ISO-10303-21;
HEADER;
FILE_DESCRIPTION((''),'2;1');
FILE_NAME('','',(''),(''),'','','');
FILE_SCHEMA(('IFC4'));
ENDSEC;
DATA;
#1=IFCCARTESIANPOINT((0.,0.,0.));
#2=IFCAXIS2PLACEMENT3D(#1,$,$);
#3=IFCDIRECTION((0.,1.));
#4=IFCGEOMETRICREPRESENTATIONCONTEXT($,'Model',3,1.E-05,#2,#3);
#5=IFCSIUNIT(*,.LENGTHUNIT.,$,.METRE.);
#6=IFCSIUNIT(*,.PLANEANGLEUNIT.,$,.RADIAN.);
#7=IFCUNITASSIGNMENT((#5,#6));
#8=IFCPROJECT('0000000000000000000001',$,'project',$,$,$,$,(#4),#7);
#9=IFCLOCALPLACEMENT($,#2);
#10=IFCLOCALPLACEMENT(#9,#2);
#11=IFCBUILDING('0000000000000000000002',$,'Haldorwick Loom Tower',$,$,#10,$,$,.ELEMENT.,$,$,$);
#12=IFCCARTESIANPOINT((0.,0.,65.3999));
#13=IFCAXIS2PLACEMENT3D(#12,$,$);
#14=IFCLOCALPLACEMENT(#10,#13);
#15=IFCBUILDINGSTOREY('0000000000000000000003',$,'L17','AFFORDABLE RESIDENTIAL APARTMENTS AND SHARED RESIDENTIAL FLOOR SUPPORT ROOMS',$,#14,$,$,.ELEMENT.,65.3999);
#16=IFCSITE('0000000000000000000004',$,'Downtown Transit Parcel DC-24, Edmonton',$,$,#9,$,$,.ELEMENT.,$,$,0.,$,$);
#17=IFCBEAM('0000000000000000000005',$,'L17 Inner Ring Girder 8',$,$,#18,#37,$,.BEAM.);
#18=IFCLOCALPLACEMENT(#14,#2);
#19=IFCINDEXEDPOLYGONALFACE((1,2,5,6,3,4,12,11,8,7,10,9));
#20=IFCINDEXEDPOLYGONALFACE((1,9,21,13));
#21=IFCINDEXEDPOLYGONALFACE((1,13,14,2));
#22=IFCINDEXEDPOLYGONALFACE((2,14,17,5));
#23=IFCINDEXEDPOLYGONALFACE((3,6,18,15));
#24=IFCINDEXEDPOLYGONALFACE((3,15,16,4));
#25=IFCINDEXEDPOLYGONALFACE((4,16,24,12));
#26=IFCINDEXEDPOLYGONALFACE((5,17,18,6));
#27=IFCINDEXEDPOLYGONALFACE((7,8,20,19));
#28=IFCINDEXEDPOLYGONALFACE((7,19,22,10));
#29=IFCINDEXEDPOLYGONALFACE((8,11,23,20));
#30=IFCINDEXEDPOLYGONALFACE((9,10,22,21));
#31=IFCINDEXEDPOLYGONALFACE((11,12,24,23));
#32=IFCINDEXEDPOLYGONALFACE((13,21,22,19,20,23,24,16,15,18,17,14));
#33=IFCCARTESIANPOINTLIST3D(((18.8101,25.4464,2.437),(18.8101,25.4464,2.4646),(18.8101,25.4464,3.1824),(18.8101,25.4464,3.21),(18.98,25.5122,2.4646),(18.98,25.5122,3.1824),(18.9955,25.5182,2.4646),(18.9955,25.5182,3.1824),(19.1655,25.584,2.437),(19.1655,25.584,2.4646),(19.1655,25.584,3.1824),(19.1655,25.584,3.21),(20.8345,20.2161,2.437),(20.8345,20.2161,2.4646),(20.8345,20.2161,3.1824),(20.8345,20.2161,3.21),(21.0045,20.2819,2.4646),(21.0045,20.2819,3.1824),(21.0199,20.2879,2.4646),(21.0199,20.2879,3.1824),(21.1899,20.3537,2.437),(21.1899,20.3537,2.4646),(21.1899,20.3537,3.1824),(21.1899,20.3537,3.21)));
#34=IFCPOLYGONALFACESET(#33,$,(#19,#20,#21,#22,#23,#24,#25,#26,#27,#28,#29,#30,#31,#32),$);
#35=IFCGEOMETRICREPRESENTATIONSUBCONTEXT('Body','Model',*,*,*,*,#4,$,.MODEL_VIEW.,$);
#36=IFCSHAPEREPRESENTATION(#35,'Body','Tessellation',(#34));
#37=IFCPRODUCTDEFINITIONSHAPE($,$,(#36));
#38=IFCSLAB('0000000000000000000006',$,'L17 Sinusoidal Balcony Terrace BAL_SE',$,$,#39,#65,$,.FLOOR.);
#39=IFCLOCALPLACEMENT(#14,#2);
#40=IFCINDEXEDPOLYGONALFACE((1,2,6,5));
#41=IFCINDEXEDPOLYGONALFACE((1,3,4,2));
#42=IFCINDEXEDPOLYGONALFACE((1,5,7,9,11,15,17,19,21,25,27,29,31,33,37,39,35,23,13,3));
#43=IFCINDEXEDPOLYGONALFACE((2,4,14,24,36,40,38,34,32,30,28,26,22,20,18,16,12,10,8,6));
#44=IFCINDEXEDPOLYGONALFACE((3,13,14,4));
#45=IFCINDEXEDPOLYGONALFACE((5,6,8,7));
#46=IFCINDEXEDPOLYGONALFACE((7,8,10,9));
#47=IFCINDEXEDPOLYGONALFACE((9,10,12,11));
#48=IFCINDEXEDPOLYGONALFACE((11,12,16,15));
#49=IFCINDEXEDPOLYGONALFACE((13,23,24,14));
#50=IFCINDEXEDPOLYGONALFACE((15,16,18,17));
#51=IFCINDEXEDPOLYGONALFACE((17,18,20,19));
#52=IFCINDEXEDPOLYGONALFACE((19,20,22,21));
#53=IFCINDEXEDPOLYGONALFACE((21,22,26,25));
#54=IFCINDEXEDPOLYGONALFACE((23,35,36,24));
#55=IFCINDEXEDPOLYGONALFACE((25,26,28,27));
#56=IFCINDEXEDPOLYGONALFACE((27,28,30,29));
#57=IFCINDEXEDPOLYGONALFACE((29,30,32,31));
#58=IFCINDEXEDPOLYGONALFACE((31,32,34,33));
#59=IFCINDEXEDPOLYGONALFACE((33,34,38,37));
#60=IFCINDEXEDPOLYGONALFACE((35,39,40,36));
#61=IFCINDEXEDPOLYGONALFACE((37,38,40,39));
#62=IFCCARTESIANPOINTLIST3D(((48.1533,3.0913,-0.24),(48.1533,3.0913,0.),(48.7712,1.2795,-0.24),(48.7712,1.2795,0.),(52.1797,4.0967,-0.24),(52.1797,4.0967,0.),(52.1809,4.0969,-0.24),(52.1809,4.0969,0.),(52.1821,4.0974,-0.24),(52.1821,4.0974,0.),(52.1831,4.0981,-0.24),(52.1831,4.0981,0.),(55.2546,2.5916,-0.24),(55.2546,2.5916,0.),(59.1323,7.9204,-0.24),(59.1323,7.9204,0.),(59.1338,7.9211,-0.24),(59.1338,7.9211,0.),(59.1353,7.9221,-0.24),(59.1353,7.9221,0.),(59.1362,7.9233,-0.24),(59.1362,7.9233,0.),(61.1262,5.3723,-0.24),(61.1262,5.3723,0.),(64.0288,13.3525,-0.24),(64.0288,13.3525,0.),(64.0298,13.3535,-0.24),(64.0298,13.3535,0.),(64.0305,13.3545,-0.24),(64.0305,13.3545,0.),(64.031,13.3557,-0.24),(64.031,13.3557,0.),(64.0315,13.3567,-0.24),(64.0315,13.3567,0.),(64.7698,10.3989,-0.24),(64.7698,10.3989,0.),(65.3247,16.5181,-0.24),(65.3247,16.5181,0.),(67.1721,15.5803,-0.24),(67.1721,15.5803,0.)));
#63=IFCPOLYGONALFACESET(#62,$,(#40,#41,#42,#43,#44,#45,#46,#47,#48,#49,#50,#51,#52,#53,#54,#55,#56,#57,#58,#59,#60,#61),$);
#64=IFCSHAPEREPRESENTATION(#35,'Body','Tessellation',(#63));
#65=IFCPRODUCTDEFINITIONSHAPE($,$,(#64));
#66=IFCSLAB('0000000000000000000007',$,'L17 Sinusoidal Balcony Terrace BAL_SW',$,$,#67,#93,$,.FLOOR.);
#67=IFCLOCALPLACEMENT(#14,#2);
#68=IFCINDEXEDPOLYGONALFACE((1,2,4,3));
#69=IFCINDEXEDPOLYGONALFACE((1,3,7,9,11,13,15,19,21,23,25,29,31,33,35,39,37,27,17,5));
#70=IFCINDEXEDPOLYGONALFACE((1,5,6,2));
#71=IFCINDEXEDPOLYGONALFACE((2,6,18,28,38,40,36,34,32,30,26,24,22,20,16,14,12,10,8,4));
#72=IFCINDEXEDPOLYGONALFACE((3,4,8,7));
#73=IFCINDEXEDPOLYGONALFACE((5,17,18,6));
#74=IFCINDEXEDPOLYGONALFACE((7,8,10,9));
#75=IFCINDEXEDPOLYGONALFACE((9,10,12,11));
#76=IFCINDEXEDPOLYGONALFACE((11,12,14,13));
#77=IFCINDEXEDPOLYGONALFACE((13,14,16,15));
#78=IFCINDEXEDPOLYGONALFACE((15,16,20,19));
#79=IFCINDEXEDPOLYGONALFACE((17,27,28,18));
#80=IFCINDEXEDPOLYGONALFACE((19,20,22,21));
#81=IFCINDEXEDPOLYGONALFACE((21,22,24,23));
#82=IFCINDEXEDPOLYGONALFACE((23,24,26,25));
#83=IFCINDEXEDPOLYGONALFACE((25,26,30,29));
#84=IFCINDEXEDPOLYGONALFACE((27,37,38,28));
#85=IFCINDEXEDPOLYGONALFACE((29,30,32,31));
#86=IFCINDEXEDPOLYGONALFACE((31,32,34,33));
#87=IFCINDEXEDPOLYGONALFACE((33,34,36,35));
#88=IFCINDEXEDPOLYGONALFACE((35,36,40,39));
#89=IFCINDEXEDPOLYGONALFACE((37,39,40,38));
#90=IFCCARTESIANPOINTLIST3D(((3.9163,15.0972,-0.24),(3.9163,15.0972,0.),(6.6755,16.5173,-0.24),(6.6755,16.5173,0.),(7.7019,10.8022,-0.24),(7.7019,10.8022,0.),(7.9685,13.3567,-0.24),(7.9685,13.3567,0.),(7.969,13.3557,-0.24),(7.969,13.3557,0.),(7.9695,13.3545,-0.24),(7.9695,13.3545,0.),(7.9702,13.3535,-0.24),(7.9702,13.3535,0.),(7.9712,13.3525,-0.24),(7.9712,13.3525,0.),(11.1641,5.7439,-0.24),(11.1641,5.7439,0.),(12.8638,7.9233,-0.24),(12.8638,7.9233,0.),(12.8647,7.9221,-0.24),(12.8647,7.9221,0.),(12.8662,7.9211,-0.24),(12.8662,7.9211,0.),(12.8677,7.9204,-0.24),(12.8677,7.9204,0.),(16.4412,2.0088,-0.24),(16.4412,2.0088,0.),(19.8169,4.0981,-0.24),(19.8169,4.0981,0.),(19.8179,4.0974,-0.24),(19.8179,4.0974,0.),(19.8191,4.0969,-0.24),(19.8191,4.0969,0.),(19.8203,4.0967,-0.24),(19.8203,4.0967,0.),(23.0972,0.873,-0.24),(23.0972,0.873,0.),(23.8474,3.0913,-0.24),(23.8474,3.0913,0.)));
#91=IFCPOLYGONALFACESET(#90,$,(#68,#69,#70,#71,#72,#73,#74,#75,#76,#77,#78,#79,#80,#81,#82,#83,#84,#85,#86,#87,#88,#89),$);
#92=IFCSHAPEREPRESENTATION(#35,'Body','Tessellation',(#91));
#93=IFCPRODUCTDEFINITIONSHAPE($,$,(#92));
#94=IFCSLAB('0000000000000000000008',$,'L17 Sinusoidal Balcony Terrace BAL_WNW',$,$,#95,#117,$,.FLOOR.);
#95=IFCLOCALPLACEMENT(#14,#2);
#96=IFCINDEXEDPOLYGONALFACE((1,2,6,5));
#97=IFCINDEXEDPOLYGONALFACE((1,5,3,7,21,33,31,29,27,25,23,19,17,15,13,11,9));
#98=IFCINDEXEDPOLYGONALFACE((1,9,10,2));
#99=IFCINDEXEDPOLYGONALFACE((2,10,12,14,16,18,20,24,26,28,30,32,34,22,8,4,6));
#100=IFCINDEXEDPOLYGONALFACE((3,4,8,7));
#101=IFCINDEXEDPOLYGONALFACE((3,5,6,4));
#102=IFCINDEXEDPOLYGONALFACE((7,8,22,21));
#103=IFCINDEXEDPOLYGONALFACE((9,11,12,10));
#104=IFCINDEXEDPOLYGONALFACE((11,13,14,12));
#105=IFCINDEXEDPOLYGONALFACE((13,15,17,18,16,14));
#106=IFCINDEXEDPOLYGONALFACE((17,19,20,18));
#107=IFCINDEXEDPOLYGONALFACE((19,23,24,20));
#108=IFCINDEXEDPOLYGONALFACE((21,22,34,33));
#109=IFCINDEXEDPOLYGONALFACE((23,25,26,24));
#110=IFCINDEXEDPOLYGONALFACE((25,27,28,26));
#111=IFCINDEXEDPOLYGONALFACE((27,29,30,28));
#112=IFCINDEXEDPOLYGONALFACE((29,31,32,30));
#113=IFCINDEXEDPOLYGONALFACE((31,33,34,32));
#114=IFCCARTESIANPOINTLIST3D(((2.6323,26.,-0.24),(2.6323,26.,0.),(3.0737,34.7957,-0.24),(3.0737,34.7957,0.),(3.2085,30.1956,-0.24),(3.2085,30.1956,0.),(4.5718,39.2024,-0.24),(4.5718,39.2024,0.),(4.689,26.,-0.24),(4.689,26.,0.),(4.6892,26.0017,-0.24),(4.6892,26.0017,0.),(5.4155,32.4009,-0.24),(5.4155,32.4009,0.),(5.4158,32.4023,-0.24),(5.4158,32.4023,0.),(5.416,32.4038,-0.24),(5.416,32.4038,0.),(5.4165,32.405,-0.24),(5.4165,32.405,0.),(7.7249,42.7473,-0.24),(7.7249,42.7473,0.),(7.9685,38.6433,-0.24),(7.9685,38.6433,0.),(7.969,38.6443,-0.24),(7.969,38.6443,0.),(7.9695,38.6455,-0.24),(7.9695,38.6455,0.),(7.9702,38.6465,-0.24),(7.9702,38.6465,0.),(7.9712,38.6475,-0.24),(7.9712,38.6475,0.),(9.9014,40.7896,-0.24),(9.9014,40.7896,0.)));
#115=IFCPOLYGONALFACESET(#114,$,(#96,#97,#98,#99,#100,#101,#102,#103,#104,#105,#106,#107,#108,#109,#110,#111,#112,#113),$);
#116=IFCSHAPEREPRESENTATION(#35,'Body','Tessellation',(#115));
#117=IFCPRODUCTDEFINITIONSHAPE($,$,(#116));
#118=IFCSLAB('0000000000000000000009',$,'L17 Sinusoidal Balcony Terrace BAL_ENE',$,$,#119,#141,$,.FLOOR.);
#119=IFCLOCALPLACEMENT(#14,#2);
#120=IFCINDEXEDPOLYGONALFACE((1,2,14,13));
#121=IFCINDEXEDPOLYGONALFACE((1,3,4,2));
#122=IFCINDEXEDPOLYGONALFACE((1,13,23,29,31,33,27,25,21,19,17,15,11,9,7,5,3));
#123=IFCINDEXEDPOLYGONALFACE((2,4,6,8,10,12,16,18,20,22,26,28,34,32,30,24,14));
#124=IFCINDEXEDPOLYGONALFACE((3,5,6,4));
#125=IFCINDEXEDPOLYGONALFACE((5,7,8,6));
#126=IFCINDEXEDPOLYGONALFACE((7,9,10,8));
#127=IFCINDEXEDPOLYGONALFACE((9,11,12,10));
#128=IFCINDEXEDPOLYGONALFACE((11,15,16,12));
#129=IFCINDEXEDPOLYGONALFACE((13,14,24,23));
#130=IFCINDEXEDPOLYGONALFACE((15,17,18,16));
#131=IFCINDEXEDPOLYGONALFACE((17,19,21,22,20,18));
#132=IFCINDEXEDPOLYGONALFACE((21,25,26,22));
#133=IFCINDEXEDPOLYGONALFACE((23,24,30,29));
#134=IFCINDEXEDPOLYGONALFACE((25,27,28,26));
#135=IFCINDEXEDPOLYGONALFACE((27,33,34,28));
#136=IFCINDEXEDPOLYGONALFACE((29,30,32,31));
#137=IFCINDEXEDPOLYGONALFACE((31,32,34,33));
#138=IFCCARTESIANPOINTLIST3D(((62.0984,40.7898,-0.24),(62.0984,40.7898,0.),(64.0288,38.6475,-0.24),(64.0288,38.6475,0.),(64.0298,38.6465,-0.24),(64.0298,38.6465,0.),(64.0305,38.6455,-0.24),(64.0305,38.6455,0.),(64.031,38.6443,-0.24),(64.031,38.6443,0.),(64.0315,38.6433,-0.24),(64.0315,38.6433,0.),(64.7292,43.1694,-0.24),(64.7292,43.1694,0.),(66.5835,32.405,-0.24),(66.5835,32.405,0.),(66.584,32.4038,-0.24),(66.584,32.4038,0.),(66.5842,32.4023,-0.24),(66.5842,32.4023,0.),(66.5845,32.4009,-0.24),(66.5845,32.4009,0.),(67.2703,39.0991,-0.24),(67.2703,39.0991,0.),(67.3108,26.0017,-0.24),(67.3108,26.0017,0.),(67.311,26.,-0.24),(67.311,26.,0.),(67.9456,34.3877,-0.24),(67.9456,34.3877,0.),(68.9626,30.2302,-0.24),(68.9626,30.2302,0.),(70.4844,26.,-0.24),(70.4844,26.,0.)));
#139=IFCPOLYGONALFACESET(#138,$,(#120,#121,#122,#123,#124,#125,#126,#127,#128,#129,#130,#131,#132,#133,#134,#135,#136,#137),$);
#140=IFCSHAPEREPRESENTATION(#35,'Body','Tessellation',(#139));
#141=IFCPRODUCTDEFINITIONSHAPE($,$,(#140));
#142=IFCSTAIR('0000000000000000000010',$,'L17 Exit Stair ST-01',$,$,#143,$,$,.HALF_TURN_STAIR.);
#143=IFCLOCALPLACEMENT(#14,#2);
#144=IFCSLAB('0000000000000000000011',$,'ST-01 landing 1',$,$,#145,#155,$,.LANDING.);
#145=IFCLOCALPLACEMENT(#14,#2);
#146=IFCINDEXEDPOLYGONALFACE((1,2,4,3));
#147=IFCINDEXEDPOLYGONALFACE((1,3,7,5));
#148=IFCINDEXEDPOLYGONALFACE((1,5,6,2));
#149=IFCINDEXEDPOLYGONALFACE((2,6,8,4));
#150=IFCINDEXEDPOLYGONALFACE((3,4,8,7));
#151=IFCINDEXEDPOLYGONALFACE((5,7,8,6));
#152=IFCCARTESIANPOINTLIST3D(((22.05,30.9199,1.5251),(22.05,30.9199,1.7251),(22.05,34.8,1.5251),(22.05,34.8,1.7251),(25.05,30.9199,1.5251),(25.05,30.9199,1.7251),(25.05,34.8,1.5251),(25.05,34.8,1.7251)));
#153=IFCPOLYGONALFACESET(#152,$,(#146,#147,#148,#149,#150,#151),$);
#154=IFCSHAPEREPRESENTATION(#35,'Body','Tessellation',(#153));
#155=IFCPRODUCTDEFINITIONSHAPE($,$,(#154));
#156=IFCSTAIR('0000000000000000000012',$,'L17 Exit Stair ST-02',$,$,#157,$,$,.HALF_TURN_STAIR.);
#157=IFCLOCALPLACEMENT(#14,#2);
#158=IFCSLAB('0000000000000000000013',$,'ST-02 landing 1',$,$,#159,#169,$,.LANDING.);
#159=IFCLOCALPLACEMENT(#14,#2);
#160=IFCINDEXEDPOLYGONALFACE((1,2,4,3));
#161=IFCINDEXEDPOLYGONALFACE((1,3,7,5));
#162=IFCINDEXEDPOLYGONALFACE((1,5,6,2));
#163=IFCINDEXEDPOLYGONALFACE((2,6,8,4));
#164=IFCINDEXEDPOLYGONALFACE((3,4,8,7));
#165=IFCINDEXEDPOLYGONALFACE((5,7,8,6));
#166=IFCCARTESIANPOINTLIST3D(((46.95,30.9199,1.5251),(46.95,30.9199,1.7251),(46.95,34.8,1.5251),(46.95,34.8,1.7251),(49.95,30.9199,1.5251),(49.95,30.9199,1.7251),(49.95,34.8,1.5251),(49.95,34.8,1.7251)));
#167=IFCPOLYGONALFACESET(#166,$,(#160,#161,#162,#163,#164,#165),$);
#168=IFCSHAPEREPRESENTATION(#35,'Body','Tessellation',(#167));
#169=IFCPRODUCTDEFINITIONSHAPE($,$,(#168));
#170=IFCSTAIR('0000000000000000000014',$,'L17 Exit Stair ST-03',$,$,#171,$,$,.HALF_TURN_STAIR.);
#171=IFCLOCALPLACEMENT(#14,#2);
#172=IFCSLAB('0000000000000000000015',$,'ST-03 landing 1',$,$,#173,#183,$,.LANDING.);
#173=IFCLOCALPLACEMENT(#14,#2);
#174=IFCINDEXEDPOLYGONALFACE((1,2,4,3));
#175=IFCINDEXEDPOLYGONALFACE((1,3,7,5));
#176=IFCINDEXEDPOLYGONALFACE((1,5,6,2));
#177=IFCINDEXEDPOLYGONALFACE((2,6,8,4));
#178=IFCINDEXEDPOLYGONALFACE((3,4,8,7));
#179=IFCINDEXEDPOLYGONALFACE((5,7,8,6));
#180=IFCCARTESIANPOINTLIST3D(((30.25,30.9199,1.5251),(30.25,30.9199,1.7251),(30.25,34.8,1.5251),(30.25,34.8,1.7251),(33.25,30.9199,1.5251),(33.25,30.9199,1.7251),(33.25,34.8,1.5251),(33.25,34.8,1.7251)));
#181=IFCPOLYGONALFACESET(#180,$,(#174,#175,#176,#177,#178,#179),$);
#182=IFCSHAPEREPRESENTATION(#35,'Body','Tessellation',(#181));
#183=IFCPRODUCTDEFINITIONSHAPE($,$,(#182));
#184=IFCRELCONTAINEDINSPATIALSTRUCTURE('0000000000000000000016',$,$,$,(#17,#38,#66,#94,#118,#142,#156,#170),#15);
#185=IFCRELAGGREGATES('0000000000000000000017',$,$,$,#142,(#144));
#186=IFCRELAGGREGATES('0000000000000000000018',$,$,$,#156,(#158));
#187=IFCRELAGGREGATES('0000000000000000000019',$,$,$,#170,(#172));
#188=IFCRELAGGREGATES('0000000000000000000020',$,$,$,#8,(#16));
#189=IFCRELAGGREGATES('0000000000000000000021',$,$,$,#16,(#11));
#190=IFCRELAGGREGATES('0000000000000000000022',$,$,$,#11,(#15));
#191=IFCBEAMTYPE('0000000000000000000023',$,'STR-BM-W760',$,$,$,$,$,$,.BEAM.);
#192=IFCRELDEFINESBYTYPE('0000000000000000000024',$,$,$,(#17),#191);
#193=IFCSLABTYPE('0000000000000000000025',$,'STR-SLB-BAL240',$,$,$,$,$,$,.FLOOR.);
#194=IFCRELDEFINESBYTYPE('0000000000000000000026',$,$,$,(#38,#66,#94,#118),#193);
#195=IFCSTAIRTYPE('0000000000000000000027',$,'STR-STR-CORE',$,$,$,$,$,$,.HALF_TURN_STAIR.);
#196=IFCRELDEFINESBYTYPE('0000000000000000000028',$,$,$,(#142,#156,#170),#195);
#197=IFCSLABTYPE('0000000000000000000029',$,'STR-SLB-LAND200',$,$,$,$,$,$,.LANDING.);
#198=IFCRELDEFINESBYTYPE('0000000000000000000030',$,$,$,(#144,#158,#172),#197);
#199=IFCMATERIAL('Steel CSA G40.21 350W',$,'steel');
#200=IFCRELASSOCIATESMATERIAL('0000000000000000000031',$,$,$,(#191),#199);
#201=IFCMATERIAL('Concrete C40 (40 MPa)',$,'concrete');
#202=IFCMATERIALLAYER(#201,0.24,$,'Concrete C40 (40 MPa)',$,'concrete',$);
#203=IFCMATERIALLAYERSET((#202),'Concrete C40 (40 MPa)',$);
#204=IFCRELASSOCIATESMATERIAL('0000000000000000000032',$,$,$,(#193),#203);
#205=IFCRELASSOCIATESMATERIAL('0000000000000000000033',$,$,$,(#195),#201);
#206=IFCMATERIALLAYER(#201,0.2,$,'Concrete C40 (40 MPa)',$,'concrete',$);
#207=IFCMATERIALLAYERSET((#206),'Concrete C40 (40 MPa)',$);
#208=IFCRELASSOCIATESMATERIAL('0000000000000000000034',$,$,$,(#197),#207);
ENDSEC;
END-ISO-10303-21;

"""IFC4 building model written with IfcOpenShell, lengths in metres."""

from ifc_helpers import new_model, si_unit, direction, frame, origin, origin_2d, place, context, subcontext, project, spatial, polyline, i_section, outline, extrude, material, layer, layer_set, material_profile, profile_set, type_object, element, aggregate, save


model = new_model("IFC4")

# Units and contexts
model_context = context("Model", 3, precision=1e-05, world=origin(), true_north=direction((0.0, 1.0)))
body_context = subcontext(model_context, "Body", "Model", "MODEL_VIEW")
ifc_project = project(units=[si_unit("LENGTHUNIT", "METRE"), si_unit("PLANEANGLEUNIT", "RADIAN")], contexts=[model_context])

# Site, building, storey
site_placement = place(None, origin())
site = spatial("IfcSite", under=ifc_project, at=site_placement, Name="Downtown Transit Parcel DC-24, Edmonton", CompositionType="ELEMENT", RefElevation=0.0)
building_placement = place(site_placement, origin())
building = spatial("IfcBuilding", under=site, at=building_placement, Name="Haldorwick Loom Tower", CompositionType="ELEMENT")
storey_placement = place(building_placement, frame((0.0, 0.0, 65.3999)))
storey = spatial("IfcBuildingStorey", under=building, at=storey_placement, Name="L17", Description="AFFORDABLE RESIDENTIAL APARTMENTS AND SHARED RESIDENTIAL FLOOR SUPPORT ROOMS", CompositionType="ELEMENT", Elevation=65.3999)

# Beam
ifc_material_1 = material(Name="Steel CSA G40.21 350W", Category="steel")
ifc_material_profile_1 = material_profile(ifc_material_1, i_section(OverallWidth=0.3811, OverallDepth=0.7729, WebThickness=0.0166, FlangeThickness=0.0276, at=origin_2d()), Name="W760X257", Category="steel")
ifc_profile_set_1 = profile_set([ifc_material_profile_1], Name="Steel CSA G40.21 350W")
beam_type_1 = type_object("IfcBeamType", Name="STR-BM-W760", PredefinedType="BEAM", material=ifc_profile_set_1)
beam_1_placement = place(storey_placement, frame((21.0122, 20.2849, 2.8235), z_axis=(-0.360965, 0.932579, 0.0), x_axis=(-0.932579, -0.360965, 0.0)))
element("IfcBeam", 1, at=beam_1_placement, inside=storey, type_object=beam_type_1, Name="L17 Inner Ring Girder 8", PredefinedType="BEAM", context=body_context, shape_type="SweptSolid", body=[
    extrude(i_section(OverallWidth=0.3811, OverallDepth=0.7729, WebThickness=0.0166, FlangeThickness=0.0276, at=origin_2d()), origin(), (0.0, 0.0, 1.0), 5.6084),
])

# Slabs
ifc_material_2 = material(Name="Concrete C40 (40 MPa)", Category="concrete")
ifc_layer_1 = layer(ifc_material_2, 0.24, Name="Concrete C40 (40 MPa)", Category="concrete")
ifc_layer_set_1 = layer_set([ifc_layer_1], Name="Concrete C40 (40 MPa)")
slab_type_1 = type_object("IfcSlabType", Name="STR-SLB-BAL240", PredefinedType="FLOOR", material=ifc_layer_set_1)
slab_1_placement = place(storey_placement, frame((0.0, 0.0, -0.24)))
element("IfcSlab", 2, at=slab_1_placement, inside=storey, type_object=slab_type_1, Name="L17 Sinusoidal Balcony Terrace BAL_SE", PredefinedType="FLOOR", context=body_context, shape_type="SweptSolid", body=[
    extrude(outline(polyline([(65.3247, 16.5181), (64.0315, 13.3567), (64.031, 13.3557), (64.0305, 13.3545), (64.0298, 13.3535), (64.0288, 13.3525), (59.1362, 7.9233), (59.1353, 7.9221), (59.1338, 7.9211), (59.1323, 7.9204), (52.1831, 4.0981), (52.1821, 4.0974), (52.1809, 4.0969), (52.1797, 4.0967), (48.1533, 3.0913), (48.7712, 1.2795), (55.2546, 2.5916), (61.1262, 5.3723), (64.7698, 10.3989), (67.1721, 15.5803), (65.3247, 16.5181)])), origin(), (0.0, 0.0, 1.0), 0.24),
])
slab_2_placement = place(storey_placement, frame((0.0, 0.0, -0.24)))
element("IfcSlab", 3, at=slab_2_placement, inside=storey, type_object=slab_type_1, Name="L17 Sinusoidal Balcony Terrace BAL_SW", PredefinedType="FLOOR", context=body_context, shape_type="SweptSolid", body=[
    extrude(outline(polyline([(23.8474, 3.0913), (19.8203, 4.0967), (19.8191, 4.0969), (19.8179, 4.0974), (19.8169, 4.0981), (12.8677, 7.9204), (12.8662, 7.9211), (12.8647, 7.9221), (12.8638, 7.9233), (7.9712, 13.3525), (7.9702, 13.3535), (7.9695, 13.3545), (7.969, 13.3557), (7.9685, 13.3567), (6.6755, 16.5173), (3.9163, 15.0972), (7.7019, 10.8022), (11.1641, 5.7439), (16.4412, 2.0088), (23.0972, 0.873), (23.8474, 3.0913)])), origin(), (0.0, 0.0, 1.0), 0.24),
])
slab_3_placement = place(storey_placement, frame((0.0, 0.0, -0.24)))
element("IfcSlab", 4, at=slab_3_placement, inside=storey, type_object=slab_type_1, Name="L17 Sinusoidal Balcony Terrace BAL_WNW", PredefinedType="FLOOR", context=body_context, shape_type="SweptSolid", body=[
    extrude(outline(polyline([(4.689, 26.0), (4.6892, 26.0017), (5.4155, 32.4009), (5.4158, 32.4023), (5.416, 32.4038), (5.4165, 32.405), (7.9685, 38.6433), (7.969, 38.6443), (7.9695, 38.6455), (7.9702, 38.6465), (7.9712, 38.6475), (9.9014, 40.7896), (7.7249, 42.7473), (4.5718, 39.2024), (3.0737, 34.7957), (3.2085, 30.1956), (2.6323, 26.0), (4.689, 26.0)])), origin(), (0.0, 0.0, 1.0), 0.24),
])
slab_4_placement = place(storey_placement, frame((0.0, 0.0, -0.24)))
element("IfcSlab", 5, at=slab_4_placement, inside=storey, type_object=slab_type_1, Name="L17 Sinusoidal Balcony Terrace BAL_ENE", PredefinedType="FLOOR", context=body_context, shape_type="SweptSolid", body=[
    extrude(outline(polyline([(62.0984, 40.7898), (64.0288, 38.6475), (64.0298, 38.6465), (64.0305, 38.6455), (64.031, 38.6443), (64.0315, 38.6433), (66.5835, 32.405), (66.584, 32.4038), (66.5842, 32.4023), (66.5845, 32.4009), (67.3108, 26.0017), (67.311, 26.0), (70.4844, 26.0), (68.9626, 30.2302), (67.9456, 34.3877), (67.2703, 39.0991), (64.7292, 43.1694), (62.0984, 40.7898)])), origin(), (0.0, 0.0, 1.0), 0.24),
])

# Stairs, slabs
stair_type = type_object("IfcStairType", Name="STR-STR-CORE", PredefinedType="HALF_TURN_STAIR", material=ifc_material_2)
stair_1_placement = place(storey_placement, origin())
stair_1 = element("IfcStair", 6, at=stair_1_placement, inside=storey, type_object=stair_type, Name="L17 Exit Stair ST-01", PredefinedType="HALF_TURN_STAIR")
ifc_layer_2 = layer(ifc_material_2, 0.2, Name="Concrete C40 (40 MPa)", Category="concrete")
ifc_layer_set_2 = layer_set([ifc_layer_2], Name="Concrete C40 (40 MPa)")
slab_type_2 = type_object("IfcSlabType", Name="STR-SLB-LAND200", PredefinedType="LANDING", material=ifc_layer_set_2)
slab_5_placement = place(storey_placement, frame((0.0, 0.0, 1.5251)))
slab_5 = element("IfcSlab", 7, at=slab_5_placement, type_object=slab_type_2, Name="ST-01 landing 1", PredefinedType="LANDING", context=body_context, shape_type="SweptSolid", body=[
    extrude(outline(polyline([(25.05, 30.9199), (25.05, 34.8), (22.05, 34.8), (22.05, 30.9199), (25.05, 30.9199)])), origin(), (0.0, 0.0, 1.0), 0.2),
])
aggregate(stair_1, [slab_5])
stair_2_placement = place(storey_placement, origin())
stair_2 = element("IfcStair", 8, at=stair_2_placement, inside=storey, type_object=stair_type, Name="L17 Exit Stair ST-02", PredefinedType="HALF_TURN_STAIR")
slab_6_placement = place(storey_placement, frame((0.0, 0.0, 1.5251)))
slab_6 = element("IfcSlab", 9, at=slab_6_placement, type_object=slab_type_2, Name="ST-02 landing 1", PredefinedType="LANDING", context=body_context, shape_type="SweptSolid", body=[
    extrude(outline(polyline([(49.95, 30.9199), (49.95, 34.8), (46.95, 34.8), (46.95, 30.9199), (49.95, 30.9199)])), origin(), (0.0, 0.0, 1.0), 0.2),
])
aggregate(stair_2, [slab_6])
stair_3_placement = place(storey_placement, origin())
stair_3 = element("IfcStair", 10, at=stair_3_placement, inside=storey, type_object=stair_type, Name="L17 Exit Stair ST-03", PredefinedType="HALF_TURN_STAIR")
slab_7_placement = place(storey_placement, frame((0.0, 0.0, 1.5251)))
slab_7 = element("IfcSlab", 11, at=slab_7_placement, type_object=slab_type_2, Name="ST-03 landing 1", PredefinedType="LANDING", context=body_context, shape_type="SweptSolid", body=[
    extrude(outline(polyline([(33.25, 30.9199), (33.25, 34.8), (30.25, 34.8), (30.25, 30.9199), (33.25, 30.9199)])), origin(), (0.0, 0.0, 1.0), 0.2),
])
aggregate(stair_3, [slab_7])

save(model, "model.ifc")
